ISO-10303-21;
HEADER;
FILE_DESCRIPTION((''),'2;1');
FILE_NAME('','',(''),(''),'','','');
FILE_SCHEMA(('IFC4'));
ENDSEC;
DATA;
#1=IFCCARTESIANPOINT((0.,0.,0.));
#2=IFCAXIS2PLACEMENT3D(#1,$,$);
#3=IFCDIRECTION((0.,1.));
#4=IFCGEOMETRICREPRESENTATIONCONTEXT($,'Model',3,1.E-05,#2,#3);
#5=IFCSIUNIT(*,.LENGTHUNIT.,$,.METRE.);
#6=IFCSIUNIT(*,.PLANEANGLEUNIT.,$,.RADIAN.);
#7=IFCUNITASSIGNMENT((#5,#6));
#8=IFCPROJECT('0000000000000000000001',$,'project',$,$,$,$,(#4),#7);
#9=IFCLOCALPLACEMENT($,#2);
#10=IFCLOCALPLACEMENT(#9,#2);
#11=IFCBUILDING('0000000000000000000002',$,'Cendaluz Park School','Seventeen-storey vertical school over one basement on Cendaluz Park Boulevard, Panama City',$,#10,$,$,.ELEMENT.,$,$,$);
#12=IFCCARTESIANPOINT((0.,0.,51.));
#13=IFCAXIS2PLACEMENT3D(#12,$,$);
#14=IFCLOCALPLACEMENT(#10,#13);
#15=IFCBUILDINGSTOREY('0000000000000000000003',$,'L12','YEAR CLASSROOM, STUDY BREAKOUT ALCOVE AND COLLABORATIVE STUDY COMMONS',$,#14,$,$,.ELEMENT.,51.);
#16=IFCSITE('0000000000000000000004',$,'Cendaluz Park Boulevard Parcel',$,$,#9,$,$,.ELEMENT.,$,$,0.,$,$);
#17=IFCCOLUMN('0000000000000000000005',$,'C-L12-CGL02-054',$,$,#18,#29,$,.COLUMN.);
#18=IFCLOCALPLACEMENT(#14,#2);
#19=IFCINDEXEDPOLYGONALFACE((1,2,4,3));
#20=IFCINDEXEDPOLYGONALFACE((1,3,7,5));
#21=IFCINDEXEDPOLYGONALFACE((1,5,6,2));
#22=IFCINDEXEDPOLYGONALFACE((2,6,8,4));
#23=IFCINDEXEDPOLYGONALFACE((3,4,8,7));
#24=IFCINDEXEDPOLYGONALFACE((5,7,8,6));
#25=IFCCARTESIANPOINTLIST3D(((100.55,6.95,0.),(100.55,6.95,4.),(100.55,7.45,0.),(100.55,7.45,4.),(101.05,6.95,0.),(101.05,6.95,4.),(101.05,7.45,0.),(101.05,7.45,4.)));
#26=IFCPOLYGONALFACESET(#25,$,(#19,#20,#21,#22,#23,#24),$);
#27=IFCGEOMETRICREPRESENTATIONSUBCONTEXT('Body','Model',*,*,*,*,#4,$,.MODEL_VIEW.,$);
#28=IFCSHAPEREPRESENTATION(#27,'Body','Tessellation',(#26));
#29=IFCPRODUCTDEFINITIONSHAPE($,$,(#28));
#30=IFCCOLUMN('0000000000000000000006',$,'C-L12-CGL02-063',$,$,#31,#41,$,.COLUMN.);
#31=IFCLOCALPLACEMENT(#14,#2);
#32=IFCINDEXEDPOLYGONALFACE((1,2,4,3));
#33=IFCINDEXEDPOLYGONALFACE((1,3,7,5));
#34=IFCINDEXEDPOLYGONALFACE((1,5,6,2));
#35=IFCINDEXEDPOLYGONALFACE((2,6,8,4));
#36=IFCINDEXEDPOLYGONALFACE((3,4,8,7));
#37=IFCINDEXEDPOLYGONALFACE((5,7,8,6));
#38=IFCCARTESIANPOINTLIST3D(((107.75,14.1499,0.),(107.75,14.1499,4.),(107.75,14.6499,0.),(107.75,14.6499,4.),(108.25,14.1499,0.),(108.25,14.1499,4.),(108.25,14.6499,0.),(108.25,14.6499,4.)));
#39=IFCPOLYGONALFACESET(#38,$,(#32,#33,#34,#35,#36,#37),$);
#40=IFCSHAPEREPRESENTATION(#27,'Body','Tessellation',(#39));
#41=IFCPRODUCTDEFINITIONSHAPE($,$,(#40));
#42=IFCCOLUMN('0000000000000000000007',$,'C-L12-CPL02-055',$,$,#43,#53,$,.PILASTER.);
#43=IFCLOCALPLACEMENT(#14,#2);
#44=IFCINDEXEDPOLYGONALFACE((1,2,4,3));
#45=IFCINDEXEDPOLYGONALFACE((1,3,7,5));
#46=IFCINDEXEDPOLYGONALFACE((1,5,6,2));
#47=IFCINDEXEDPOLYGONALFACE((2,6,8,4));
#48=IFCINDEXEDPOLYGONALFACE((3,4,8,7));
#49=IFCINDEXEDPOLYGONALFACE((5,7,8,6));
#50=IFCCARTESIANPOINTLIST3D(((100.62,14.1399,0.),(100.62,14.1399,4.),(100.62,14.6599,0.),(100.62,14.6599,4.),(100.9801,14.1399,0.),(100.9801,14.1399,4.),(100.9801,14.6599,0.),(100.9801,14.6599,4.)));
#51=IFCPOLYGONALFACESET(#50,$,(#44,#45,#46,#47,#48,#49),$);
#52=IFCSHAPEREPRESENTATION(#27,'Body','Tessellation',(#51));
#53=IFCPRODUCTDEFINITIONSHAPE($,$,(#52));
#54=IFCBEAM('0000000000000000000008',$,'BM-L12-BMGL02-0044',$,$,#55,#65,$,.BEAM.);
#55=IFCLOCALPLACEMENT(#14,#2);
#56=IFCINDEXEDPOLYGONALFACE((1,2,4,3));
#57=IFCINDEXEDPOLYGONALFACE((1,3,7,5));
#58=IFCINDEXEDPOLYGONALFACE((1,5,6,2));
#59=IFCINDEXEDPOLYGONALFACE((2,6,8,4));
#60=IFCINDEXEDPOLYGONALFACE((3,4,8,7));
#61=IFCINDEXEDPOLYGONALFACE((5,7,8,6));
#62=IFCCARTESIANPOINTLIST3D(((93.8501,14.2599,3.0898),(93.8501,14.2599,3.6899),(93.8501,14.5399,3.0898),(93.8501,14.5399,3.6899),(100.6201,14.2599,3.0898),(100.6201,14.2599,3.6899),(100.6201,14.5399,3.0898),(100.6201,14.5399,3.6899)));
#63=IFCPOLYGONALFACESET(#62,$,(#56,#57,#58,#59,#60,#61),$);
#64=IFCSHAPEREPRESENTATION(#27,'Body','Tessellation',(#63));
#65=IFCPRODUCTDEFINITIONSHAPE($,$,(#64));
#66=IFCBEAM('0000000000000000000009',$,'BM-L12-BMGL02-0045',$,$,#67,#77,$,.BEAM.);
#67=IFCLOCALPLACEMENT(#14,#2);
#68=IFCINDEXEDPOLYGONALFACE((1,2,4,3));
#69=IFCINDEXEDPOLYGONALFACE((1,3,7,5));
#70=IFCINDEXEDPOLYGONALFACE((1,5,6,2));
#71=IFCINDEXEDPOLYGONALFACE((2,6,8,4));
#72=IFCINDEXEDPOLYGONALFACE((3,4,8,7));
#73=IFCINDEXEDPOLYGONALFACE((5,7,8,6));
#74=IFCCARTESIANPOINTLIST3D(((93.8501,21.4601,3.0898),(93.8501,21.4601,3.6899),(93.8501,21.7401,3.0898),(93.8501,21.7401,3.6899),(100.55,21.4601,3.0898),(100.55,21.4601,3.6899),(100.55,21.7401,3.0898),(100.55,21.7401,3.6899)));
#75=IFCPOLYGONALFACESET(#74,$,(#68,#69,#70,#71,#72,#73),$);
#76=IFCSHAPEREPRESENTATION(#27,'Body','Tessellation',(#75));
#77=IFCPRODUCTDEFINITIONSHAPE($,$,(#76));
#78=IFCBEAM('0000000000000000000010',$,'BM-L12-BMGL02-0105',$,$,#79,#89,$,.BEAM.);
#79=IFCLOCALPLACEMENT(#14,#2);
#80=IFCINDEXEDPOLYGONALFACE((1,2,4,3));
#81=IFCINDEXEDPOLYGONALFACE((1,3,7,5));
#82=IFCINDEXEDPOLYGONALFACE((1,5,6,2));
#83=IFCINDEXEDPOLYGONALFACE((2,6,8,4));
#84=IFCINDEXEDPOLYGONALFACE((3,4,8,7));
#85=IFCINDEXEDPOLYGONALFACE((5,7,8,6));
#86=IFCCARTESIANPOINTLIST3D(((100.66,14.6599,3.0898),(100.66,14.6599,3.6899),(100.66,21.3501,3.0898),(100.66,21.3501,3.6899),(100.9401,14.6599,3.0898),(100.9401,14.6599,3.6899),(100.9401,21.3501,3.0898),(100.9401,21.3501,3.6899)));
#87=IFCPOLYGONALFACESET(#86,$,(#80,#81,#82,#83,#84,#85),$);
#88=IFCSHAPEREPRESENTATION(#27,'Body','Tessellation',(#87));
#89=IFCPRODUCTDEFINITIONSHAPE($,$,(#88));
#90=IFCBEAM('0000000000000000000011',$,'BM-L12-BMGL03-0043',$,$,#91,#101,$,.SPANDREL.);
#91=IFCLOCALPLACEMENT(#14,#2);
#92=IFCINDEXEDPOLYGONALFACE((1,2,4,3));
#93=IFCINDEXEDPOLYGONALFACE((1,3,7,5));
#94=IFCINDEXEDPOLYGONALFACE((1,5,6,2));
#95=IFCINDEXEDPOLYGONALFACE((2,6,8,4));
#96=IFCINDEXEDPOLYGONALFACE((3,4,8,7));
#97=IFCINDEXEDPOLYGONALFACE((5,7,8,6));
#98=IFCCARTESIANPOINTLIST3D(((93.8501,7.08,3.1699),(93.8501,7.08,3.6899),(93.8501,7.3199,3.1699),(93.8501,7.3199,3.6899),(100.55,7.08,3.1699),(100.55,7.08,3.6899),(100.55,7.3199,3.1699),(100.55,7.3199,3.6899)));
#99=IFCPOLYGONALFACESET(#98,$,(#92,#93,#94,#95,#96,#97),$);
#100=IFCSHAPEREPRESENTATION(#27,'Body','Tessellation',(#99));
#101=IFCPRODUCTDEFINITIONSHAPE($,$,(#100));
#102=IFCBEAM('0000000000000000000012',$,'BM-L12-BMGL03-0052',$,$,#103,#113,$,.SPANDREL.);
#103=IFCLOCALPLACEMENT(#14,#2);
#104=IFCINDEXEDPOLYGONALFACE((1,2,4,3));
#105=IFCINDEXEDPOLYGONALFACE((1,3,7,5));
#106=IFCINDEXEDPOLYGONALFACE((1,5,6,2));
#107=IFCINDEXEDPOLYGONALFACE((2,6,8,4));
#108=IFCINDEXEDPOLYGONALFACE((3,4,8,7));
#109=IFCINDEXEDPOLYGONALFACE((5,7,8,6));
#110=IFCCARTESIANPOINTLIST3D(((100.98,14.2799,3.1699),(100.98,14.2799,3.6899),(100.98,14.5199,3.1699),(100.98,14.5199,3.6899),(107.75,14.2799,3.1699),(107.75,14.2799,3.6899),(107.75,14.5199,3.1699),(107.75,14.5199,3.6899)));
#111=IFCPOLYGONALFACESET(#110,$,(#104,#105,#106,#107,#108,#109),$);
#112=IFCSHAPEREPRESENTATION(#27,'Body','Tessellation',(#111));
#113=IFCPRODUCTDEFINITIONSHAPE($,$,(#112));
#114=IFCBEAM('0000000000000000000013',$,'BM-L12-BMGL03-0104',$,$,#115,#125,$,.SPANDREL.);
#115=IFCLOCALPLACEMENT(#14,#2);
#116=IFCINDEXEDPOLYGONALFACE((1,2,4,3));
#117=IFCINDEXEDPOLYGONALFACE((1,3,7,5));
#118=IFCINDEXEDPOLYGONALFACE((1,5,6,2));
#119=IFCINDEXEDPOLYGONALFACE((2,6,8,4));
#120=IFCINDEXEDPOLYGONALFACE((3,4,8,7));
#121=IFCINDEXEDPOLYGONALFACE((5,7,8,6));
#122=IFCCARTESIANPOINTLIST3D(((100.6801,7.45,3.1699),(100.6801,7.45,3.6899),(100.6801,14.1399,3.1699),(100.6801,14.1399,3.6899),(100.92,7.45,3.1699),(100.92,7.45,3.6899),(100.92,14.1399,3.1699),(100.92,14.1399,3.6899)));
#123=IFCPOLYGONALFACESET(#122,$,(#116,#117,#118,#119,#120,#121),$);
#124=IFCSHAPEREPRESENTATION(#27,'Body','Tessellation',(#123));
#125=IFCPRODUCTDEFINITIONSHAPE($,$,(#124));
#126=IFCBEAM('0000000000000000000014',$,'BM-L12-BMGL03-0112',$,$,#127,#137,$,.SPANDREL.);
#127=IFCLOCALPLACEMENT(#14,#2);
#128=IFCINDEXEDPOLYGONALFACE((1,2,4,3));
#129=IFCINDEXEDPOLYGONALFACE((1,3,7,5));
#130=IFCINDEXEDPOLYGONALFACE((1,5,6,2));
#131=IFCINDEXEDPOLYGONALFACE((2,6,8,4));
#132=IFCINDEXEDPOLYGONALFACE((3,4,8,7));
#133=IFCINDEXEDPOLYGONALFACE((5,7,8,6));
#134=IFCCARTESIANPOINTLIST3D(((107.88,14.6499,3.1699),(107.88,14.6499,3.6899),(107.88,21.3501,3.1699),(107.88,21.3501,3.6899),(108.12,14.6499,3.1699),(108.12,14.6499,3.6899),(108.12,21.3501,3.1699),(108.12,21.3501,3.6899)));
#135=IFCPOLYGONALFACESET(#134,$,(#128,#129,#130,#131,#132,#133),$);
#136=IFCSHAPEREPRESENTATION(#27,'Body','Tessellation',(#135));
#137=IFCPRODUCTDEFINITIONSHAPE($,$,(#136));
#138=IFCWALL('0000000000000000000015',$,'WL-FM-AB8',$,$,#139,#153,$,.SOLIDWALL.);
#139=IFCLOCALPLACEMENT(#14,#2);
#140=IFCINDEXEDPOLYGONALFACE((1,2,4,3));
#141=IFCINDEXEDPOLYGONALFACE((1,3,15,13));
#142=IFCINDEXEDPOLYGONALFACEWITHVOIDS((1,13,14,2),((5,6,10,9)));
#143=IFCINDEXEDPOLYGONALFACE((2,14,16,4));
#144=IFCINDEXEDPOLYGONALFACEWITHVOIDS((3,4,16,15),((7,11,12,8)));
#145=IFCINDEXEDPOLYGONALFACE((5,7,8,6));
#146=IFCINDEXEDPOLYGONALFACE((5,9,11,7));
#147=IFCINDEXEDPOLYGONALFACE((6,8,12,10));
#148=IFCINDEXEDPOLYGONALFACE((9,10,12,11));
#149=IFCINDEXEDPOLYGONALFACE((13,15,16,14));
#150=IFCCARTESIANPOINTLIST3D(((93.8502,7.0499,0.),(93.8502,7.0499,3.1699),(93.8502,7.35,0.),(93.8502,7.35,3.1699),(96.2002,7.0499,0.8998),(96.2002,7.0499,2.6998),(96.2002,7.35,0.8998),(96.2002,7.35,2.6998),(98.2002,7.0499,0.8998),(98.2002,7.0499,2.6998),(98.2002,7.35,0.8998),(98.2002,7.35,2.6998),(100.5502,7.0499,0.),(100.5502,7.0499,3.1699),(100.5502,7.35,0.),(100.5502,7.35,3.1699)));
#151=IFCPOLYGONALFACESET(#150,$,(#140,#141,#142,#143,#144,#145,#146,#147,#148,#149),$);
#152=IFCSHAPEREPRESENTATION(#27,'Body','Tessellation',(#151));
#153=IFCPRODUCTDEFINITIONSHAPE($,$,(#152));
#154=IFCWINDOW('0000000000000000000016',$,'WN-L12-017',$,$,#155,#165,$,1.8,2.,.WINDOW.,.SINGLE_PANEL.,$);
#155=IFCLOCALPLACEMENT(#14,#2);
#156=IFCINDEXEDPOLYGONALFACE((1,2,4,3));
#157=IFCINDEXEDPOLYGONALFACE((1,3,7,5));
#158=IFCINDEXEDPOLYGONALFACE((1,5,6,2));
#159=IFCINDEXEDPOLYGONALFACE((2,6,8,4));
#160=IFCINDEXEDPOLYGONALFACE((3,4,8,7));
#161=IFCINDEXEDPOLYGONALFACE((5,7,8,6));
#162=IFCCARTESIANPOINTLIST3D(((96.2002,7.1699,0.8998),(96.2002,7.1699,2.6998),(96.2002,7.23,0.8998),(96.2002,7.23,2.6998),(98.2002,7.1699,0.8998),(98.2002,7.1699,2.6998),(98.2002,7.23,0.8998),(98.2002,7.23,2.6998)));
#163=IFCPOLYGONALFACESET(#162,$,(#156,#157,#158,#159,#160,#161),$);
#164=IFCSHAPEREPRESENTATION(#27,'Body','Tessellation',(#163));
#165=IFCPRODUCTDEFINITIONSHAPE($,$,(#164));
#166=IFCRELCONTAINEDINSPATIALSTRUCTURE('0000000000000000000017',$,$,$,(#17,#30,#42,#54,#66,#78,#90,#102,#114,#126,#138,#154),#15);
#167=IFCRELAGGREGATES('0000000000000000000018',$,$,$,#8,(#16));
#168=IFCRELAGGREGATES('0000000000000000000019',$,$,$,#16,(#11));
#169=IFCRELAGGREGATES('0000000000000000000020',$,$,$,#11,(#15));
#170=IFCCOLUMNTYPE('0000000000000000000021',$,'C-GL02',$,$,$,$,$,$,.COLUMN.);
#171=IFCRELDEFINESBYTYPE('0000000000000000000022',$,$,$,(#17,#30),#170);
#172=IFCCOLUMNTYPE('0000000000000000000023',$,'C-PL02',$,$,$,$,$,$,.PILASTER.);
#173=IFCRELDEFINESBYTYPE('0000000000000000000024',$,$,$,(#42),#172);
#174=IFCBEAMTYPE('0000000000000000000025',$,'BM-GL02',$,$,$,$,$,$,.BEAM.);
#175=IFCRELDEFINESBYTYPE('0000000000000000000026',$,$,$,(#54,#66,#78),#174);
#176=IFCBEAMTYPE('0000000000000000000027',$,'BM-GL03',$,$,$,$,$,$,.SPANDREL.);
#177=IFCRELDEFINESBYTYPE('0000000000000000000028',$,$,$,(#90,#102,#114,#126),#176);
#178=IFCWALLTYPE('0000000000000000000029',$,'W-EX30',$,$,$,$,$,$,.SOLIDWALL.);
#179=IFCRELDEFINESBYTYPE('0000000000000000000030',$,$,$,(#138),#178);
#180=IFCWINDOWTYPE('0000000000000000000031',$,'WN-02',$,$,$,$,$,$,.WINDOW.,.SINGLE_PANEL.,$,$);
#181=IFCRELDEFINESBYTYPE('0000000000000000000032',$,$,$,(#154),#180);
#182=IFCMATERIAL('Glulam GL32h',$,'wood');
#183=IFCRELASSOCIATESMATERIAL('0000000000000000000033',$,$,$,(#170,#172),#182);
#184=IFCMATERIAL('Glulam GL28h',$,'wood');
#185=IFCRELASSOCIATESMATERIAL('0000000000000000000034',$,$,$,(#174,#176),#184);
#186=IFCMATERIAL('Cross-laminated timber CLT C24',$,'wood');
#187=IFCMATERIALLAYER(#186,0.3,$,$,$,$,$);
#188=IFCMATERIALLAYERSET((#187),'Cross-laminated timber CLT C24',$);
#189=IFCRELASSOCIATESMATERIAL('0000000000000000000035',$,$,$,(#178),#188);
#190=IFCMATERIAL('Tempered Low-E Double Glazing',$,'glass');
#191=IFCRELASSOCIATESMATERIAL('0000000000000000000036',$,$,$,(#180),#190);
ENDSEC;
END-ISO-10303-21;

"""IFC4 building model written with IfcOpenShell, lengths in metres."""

from ifc_helpers import new_model, si_unit, direction, frame, frame_2d, origin, origin_2d, place, context, subcontext, project, spatial, rectangle, extrude, material, layer, layer_set, material_profile, profile_set, type_object, element, fill, save


model = new_model("IFC4")

# Units and contexts
model_context = context("Model", 3, precision=1e-05, world=origin(), true_north=direction((0.0, 1.0)))
body_context = subcontext(model_context, "Body", "Model", "MODEL_VIEW")
ifc_project = project(units=[si_unit("LENGTHUNIT", "METRE"), si_unit("PLANEANGLEUNIT", "RADIAN")], contexts=[model_context])

# Site, building, storey
site_placement = place(None, origin())
site = spatial("IfcSite", under=ifc_project, at=site_placement, Name="Cendaluz Park Boulevard Parcel", CompositionType="ELEMENT", RefElevation=0.0)
building_placement = place(site_placement, origin())
building = spatial("IfcBuilding", under=site, at=building_placement, Name="Cendaluz Park School", Description="Seventeen-storey vertical school over one basement on Cendaluz Park Boulevard, Panama City", CompositionType="ELEMENT")
storey_placement = place(building_placement, frame((0.0, 0.0, 51.0)))
storey = spatial("IfcBuildingStorey", under=building, at=storey_placement, Name="L12", Description="YEAR CLASSROOM, STUDY BREAKOUT ALCOVE AND COLLABORATIVE STUDY COMMONS", CompositionType="ELEMENT", Elevation=51.0)

# Columns
ifc_material_1 = material(Name="Glulam GL32h", Category="wood")
ifc_material_profile_1 = material_profile(ifc_material_1, rectangle(XDim=0.5, YDim=0.5, at=origin_2d()), Name="GL32h 500x500", Category="wood")
ifc_profile_set_1 = profile_set([ifc_material_profile_1], Name="Glulam GL32h")
column_type_1 = type_object("IfcColumnType", Name="C-GL02", PredefinedType="COLUMN", material=ifc_profile_set_1)
for number, where, z_axis, x_axis, name in (
    (1, (100.8, 7.2, 0.0), (0.0, 0.0, 1.0), (1.0, 0.0, 0.0), "C-L12-CGL02-054"),
    (2, (108.0, 14.3999, 0.0), (0.0, 0.0, 1.0), (1.0, 0.0, 0.0), "C-L12-CGL02-063"),
):
    element("IfcColumn", number, at=place(storey_placement, frame(where, z_axis=z_axis, x_axis=x_axis)), inside=storey, type_object=column_type_1, Name=name, PredefinedType="COLUMN", context=body_context, shape_type="SweptSolid", body=[
        extrude(rectangle(XDim=0.5, YDim=0.5, at=origin_2d()), origin(), (0.0, 0.0, 1.0), 4.0),
    ])
ifc_material_profile_2 = material_profile(ifc_material_1, rectangle(XDim=0.3601, YDim=0.52, at=origin_2d()), Name="GL32h 360x520", Category="wood")
ifc_profile_set_2 = profile_set([ifc_material_profile_2], Name="Glulam GL32h")
column_type_2 = type_object("IfcColumnType", Name="C-PL02", PredefinedType="PILASTER", material=ifc_profile_set_2)
column_placement = place(storey_placement, frame((100.8, 14.3999, 0.0), z_axis=(0.0, 0.0, 1.0), x_axis=(1.0, 0.0, 0.0)))
element("IfcColumn", 3, at=column_placement, inside=storey, type_object=column_type_2, Name="C-L12-CPL02-055", PredefinedType="PILASTER", context=body_context, shape_type="SweptSolid", body=[
    extrude(rectangle(XDim=0.3601, YDim=0.52, at=origin_2d()), origin(), (0.0, 0.0, 1.0), 4.0),
])

# Beams
ifc_material_2 = material(Name="Glulam GL28h", Category="wood")
ifc_material_profile_3 = material_profile(ifc_material_2, rectangle(XDim=0.28, YDim=0.6001, at=origin_2d()), Name="GL28h 280x600", Category="wood")
ifc_profile_set_3 = profile_set([ifc_material_profile_3], Name="Glulam GL28h")
beam_type_1 = type_object("IfcBeamType", Name="BM-GL02", PredefinedType="BEAM", material=ifc_profile_set_3)
beam_1_placement = place(storey_placement, frame((93.8501, 14.3999, 3.3899), z_axis=(1.0, 0.0, 0.0), x_axis=(0.0, 1.0, 0.0)))
element("IfcBeam", 4, at=beam_1_placement, inside=storey, type_object=beam_type_1, Name="BM-L12-BMGL02-0044", PredefinedType="BEAM", context=body_context, shape_type="SweptSolid", body=[
    extrude(rectangle(XDim=0.28, YDim=0.6001, at=origin_2d()), origin(), (0.0, 0.0, 1.0), 6.77),
])
beam_2_placement = place(storey_placement, frame((93.8501, 21.6001, 3.3899), z_axis=(1.0, 0.0, 0.0), x_axis=(0.0, 1.0, 0.0)))
element("IfcBeam", 5, at=beam_2_placement, inside=storey, type_object=beam_type_1, Name="BM-L12-BMGL02-0045", PredefinedType="BEAM", context=body_context, shape_type="SweptSolid", body=[
    extrude(rectangle(XDim=0.28, YDim=0.6001, at=origin_2d()), origin(), (0.0, 0.0, 1.0), 6.7),
])
beam_3_placement = place(storey_placement, frame((100.8, 14.6599, 3.3899), z_axis=(0.0, 1.0, 0.0), x_axis=(-1.0, 0.0, 0.0)))
element("IfcBeam", 6, at=beam_3_placement, inside=storey, type_object=beam_type_1, Name="BM-L12-BMGL02-0105", PredefinedType="BEAM", context=body_context, shape_type="SweptSolid", body=[
    extrude(rectangle(XDim=0.28, YDim=0.6001, at=origin_2d()), origin(), (0.0, 0.0, 1.0), 6.6902),
])
ifc_material_profile_4 = material_profile(ifc_material_2, rectangle(XDim=0.24, YDim=0.52, at=origin_2d()), Name="GL28h 240x520", Category="wood")
ifc_profile_set_4 = profile_set([ifc_material_profile_4], Name="Glulam GL28h")
beam_type_2 = type_object("IfcBeamType", Name="BM-GL03", PredefinedType="SPANDREL", material=ifc_profile_set_4)
beam_4_placement = place(storey_placement, frame((93.8501, 7.2, 3.4299), z_axis=(1.0, 0.0, 0.0), x_axis=(0.0, 1.0, 0.0)))
element("IfcBeam", 7, at=beam_4_placement, inside=storey, type_object=beam_type_2, Name="BM-L12-BMGL03-0043", PredefinedType="SPANDREL", context=body_context, shape_type="SweptSolid", body=[
    extrude(rectangle(XDim=0.24, YDim=0.52, at=origin_2d()), origin(), (0.0, 0.0, 1.0), 6.7),
])
beam_5_placement = place(storey_placement, frame((100.98, 14.3999, 3.4299), z_axis=(1.0, 0.0, 0.0), x_axis=(0.0, 1.0, 0.0)))
element("IfcBeam", 8, at=beam_5_placement, inside=storey, type_object=beam_type_2, Name="BM-L12-BMGL03-0052", PredefinedType="SPANDREL", context=body_context, shape_type="SweptSolid", body=[
    extrude(rectangle(XDim=0.24, YDim=0.52, at=origin_2d()), origin(), (0.0, 0.0, 1.0), 6.77),
])
beam_6_placement = place(storey_placement, frame((100.8, 7.45, 3.4299), z_axis=(0.0, 1.0, 0.0), x_axis=(-1.0, 0.0, 0.0)))
element("IfcBeam", 9, at=beam_6_placement, inside=storey, type_object=beam_type_2, Name="BM-L12-BMGL03-0104", PredefinedType="SPANDREL", context=body_context, shape_type="SweptSolid", body=[
    extrude(rectangle(XDim=0.24, YDim=0.52, at=origin_2d()), origin(), (0.0, 0.0, 1.0), 6.6899),
])
beam_7_placement = place(storey_placement, frame((108.0, 14.6499, 3.4299), z_axis=(0.0, 1.0, 0.0), x_axis=(-1.0, 0.0, 0.0)))
element("IfcBeam", 10, at=beam_7_placement, inside=storey, type_object=beam_type_2, Name="BM-L12-BMGL03-0112", PredefinedType="SPANDREL", context=body_context, shape_type="SweptSolid", body=[
    extrude(rectangle(XDim=0.24, YDim=0.52, at=origin_2d()), origin(), (0.0, 0.0, 1.0), 6.7002),
])

# Wall, opening, window
ifc_material_3 = material(Name="Cross-laminated timber CLT C24", Category="wood")
ifc_layer_1 = layer(ifc_material_3, 0.3)
ifc_layer_set_1 = layer_set([ifc_layer_1], Name="Cross-laminated timber CLT C24")
wall_type_1 = type_object("IfcWallType", Name="W-EX30", PredefinedType="SOLIDWALL", material=ifc_layer_set_1)
wall_1_placement = place(storey_placement, frame((93.8501, 7.2, 0.0), z_axis=(0.0, 0.0, 1.0), x_axis=(1.0, 0.0, 0.0)))
wall_1 = element("IfcWall", 11, at=wall_1_placement, inside=storey, type_object=wall_type_1, Name="WL-FM-AB8", PredefinedType="SOLIDWALL", context=body_context, shape_type="SweptSolid", body=[
    extrude(rectangle(XDim=6.7, YDim=0.3, at=frame_2d((3.3501, 0.0))), origin(), (0.0, 0.0, 1.0), 3.1699),
])
opening_1_placement = place(wall_1_placement, frame((2.3501, 0.0, 0.8999)))
opening_1 = element("IfcOpeningElement", 12, at=opening_1_placement, cuts=wall_1, PredefinedType="OPENING", context=body_context, shape_type="SweptSolid", body=[
    extrude(rectangle(XDim=2.0, YDim=1.8, at=frame_2d((1.0, 0.8999))), frame((0.0, 0.1621, 0.0), z_axis=(0.0, -1.0, 0.0), x_axis=(1.0, 0.0, 0.0)), (0.0, 0.0, 1.0), 0.324),
])
ifc_material_4 = material(Name="Tempered Low-E Double Glazing", Category="glass")
window_type_1 = type_object("IfcWindowType", Name="WN-02", PartitioningType="SINGLE_PANEL", PredefinedType="WINDOW", material=ifc_material_4)
window_1_placement = place(opening_1_placement, origin())
window_1 = element("IfcWindow", 13, at=window_1_placement, inside=storey, type_object=window_type_1, Name="WN-L12-017", OverallHeight=1.8, OverallWidth=2.0, PartitioningType="SINGLE_PANEL", PredefinedType="WINDOW", context=body_context, shape_type="SweptSolid", body=[
    extrude(rectangle(XDim=2.0, YDim=1.8, at=frame_2d((1.0, 0.8999))), frame((0.0, 0.03, 0.0), z_axis=(0.0, -1.0, 0.0), x_axis=(1.0, 0.0, 0.0)), (0.0, 0.0, 1.0), 0.0601),
])
fill(opening_1, window_1)

save(model, "model.ifc")
